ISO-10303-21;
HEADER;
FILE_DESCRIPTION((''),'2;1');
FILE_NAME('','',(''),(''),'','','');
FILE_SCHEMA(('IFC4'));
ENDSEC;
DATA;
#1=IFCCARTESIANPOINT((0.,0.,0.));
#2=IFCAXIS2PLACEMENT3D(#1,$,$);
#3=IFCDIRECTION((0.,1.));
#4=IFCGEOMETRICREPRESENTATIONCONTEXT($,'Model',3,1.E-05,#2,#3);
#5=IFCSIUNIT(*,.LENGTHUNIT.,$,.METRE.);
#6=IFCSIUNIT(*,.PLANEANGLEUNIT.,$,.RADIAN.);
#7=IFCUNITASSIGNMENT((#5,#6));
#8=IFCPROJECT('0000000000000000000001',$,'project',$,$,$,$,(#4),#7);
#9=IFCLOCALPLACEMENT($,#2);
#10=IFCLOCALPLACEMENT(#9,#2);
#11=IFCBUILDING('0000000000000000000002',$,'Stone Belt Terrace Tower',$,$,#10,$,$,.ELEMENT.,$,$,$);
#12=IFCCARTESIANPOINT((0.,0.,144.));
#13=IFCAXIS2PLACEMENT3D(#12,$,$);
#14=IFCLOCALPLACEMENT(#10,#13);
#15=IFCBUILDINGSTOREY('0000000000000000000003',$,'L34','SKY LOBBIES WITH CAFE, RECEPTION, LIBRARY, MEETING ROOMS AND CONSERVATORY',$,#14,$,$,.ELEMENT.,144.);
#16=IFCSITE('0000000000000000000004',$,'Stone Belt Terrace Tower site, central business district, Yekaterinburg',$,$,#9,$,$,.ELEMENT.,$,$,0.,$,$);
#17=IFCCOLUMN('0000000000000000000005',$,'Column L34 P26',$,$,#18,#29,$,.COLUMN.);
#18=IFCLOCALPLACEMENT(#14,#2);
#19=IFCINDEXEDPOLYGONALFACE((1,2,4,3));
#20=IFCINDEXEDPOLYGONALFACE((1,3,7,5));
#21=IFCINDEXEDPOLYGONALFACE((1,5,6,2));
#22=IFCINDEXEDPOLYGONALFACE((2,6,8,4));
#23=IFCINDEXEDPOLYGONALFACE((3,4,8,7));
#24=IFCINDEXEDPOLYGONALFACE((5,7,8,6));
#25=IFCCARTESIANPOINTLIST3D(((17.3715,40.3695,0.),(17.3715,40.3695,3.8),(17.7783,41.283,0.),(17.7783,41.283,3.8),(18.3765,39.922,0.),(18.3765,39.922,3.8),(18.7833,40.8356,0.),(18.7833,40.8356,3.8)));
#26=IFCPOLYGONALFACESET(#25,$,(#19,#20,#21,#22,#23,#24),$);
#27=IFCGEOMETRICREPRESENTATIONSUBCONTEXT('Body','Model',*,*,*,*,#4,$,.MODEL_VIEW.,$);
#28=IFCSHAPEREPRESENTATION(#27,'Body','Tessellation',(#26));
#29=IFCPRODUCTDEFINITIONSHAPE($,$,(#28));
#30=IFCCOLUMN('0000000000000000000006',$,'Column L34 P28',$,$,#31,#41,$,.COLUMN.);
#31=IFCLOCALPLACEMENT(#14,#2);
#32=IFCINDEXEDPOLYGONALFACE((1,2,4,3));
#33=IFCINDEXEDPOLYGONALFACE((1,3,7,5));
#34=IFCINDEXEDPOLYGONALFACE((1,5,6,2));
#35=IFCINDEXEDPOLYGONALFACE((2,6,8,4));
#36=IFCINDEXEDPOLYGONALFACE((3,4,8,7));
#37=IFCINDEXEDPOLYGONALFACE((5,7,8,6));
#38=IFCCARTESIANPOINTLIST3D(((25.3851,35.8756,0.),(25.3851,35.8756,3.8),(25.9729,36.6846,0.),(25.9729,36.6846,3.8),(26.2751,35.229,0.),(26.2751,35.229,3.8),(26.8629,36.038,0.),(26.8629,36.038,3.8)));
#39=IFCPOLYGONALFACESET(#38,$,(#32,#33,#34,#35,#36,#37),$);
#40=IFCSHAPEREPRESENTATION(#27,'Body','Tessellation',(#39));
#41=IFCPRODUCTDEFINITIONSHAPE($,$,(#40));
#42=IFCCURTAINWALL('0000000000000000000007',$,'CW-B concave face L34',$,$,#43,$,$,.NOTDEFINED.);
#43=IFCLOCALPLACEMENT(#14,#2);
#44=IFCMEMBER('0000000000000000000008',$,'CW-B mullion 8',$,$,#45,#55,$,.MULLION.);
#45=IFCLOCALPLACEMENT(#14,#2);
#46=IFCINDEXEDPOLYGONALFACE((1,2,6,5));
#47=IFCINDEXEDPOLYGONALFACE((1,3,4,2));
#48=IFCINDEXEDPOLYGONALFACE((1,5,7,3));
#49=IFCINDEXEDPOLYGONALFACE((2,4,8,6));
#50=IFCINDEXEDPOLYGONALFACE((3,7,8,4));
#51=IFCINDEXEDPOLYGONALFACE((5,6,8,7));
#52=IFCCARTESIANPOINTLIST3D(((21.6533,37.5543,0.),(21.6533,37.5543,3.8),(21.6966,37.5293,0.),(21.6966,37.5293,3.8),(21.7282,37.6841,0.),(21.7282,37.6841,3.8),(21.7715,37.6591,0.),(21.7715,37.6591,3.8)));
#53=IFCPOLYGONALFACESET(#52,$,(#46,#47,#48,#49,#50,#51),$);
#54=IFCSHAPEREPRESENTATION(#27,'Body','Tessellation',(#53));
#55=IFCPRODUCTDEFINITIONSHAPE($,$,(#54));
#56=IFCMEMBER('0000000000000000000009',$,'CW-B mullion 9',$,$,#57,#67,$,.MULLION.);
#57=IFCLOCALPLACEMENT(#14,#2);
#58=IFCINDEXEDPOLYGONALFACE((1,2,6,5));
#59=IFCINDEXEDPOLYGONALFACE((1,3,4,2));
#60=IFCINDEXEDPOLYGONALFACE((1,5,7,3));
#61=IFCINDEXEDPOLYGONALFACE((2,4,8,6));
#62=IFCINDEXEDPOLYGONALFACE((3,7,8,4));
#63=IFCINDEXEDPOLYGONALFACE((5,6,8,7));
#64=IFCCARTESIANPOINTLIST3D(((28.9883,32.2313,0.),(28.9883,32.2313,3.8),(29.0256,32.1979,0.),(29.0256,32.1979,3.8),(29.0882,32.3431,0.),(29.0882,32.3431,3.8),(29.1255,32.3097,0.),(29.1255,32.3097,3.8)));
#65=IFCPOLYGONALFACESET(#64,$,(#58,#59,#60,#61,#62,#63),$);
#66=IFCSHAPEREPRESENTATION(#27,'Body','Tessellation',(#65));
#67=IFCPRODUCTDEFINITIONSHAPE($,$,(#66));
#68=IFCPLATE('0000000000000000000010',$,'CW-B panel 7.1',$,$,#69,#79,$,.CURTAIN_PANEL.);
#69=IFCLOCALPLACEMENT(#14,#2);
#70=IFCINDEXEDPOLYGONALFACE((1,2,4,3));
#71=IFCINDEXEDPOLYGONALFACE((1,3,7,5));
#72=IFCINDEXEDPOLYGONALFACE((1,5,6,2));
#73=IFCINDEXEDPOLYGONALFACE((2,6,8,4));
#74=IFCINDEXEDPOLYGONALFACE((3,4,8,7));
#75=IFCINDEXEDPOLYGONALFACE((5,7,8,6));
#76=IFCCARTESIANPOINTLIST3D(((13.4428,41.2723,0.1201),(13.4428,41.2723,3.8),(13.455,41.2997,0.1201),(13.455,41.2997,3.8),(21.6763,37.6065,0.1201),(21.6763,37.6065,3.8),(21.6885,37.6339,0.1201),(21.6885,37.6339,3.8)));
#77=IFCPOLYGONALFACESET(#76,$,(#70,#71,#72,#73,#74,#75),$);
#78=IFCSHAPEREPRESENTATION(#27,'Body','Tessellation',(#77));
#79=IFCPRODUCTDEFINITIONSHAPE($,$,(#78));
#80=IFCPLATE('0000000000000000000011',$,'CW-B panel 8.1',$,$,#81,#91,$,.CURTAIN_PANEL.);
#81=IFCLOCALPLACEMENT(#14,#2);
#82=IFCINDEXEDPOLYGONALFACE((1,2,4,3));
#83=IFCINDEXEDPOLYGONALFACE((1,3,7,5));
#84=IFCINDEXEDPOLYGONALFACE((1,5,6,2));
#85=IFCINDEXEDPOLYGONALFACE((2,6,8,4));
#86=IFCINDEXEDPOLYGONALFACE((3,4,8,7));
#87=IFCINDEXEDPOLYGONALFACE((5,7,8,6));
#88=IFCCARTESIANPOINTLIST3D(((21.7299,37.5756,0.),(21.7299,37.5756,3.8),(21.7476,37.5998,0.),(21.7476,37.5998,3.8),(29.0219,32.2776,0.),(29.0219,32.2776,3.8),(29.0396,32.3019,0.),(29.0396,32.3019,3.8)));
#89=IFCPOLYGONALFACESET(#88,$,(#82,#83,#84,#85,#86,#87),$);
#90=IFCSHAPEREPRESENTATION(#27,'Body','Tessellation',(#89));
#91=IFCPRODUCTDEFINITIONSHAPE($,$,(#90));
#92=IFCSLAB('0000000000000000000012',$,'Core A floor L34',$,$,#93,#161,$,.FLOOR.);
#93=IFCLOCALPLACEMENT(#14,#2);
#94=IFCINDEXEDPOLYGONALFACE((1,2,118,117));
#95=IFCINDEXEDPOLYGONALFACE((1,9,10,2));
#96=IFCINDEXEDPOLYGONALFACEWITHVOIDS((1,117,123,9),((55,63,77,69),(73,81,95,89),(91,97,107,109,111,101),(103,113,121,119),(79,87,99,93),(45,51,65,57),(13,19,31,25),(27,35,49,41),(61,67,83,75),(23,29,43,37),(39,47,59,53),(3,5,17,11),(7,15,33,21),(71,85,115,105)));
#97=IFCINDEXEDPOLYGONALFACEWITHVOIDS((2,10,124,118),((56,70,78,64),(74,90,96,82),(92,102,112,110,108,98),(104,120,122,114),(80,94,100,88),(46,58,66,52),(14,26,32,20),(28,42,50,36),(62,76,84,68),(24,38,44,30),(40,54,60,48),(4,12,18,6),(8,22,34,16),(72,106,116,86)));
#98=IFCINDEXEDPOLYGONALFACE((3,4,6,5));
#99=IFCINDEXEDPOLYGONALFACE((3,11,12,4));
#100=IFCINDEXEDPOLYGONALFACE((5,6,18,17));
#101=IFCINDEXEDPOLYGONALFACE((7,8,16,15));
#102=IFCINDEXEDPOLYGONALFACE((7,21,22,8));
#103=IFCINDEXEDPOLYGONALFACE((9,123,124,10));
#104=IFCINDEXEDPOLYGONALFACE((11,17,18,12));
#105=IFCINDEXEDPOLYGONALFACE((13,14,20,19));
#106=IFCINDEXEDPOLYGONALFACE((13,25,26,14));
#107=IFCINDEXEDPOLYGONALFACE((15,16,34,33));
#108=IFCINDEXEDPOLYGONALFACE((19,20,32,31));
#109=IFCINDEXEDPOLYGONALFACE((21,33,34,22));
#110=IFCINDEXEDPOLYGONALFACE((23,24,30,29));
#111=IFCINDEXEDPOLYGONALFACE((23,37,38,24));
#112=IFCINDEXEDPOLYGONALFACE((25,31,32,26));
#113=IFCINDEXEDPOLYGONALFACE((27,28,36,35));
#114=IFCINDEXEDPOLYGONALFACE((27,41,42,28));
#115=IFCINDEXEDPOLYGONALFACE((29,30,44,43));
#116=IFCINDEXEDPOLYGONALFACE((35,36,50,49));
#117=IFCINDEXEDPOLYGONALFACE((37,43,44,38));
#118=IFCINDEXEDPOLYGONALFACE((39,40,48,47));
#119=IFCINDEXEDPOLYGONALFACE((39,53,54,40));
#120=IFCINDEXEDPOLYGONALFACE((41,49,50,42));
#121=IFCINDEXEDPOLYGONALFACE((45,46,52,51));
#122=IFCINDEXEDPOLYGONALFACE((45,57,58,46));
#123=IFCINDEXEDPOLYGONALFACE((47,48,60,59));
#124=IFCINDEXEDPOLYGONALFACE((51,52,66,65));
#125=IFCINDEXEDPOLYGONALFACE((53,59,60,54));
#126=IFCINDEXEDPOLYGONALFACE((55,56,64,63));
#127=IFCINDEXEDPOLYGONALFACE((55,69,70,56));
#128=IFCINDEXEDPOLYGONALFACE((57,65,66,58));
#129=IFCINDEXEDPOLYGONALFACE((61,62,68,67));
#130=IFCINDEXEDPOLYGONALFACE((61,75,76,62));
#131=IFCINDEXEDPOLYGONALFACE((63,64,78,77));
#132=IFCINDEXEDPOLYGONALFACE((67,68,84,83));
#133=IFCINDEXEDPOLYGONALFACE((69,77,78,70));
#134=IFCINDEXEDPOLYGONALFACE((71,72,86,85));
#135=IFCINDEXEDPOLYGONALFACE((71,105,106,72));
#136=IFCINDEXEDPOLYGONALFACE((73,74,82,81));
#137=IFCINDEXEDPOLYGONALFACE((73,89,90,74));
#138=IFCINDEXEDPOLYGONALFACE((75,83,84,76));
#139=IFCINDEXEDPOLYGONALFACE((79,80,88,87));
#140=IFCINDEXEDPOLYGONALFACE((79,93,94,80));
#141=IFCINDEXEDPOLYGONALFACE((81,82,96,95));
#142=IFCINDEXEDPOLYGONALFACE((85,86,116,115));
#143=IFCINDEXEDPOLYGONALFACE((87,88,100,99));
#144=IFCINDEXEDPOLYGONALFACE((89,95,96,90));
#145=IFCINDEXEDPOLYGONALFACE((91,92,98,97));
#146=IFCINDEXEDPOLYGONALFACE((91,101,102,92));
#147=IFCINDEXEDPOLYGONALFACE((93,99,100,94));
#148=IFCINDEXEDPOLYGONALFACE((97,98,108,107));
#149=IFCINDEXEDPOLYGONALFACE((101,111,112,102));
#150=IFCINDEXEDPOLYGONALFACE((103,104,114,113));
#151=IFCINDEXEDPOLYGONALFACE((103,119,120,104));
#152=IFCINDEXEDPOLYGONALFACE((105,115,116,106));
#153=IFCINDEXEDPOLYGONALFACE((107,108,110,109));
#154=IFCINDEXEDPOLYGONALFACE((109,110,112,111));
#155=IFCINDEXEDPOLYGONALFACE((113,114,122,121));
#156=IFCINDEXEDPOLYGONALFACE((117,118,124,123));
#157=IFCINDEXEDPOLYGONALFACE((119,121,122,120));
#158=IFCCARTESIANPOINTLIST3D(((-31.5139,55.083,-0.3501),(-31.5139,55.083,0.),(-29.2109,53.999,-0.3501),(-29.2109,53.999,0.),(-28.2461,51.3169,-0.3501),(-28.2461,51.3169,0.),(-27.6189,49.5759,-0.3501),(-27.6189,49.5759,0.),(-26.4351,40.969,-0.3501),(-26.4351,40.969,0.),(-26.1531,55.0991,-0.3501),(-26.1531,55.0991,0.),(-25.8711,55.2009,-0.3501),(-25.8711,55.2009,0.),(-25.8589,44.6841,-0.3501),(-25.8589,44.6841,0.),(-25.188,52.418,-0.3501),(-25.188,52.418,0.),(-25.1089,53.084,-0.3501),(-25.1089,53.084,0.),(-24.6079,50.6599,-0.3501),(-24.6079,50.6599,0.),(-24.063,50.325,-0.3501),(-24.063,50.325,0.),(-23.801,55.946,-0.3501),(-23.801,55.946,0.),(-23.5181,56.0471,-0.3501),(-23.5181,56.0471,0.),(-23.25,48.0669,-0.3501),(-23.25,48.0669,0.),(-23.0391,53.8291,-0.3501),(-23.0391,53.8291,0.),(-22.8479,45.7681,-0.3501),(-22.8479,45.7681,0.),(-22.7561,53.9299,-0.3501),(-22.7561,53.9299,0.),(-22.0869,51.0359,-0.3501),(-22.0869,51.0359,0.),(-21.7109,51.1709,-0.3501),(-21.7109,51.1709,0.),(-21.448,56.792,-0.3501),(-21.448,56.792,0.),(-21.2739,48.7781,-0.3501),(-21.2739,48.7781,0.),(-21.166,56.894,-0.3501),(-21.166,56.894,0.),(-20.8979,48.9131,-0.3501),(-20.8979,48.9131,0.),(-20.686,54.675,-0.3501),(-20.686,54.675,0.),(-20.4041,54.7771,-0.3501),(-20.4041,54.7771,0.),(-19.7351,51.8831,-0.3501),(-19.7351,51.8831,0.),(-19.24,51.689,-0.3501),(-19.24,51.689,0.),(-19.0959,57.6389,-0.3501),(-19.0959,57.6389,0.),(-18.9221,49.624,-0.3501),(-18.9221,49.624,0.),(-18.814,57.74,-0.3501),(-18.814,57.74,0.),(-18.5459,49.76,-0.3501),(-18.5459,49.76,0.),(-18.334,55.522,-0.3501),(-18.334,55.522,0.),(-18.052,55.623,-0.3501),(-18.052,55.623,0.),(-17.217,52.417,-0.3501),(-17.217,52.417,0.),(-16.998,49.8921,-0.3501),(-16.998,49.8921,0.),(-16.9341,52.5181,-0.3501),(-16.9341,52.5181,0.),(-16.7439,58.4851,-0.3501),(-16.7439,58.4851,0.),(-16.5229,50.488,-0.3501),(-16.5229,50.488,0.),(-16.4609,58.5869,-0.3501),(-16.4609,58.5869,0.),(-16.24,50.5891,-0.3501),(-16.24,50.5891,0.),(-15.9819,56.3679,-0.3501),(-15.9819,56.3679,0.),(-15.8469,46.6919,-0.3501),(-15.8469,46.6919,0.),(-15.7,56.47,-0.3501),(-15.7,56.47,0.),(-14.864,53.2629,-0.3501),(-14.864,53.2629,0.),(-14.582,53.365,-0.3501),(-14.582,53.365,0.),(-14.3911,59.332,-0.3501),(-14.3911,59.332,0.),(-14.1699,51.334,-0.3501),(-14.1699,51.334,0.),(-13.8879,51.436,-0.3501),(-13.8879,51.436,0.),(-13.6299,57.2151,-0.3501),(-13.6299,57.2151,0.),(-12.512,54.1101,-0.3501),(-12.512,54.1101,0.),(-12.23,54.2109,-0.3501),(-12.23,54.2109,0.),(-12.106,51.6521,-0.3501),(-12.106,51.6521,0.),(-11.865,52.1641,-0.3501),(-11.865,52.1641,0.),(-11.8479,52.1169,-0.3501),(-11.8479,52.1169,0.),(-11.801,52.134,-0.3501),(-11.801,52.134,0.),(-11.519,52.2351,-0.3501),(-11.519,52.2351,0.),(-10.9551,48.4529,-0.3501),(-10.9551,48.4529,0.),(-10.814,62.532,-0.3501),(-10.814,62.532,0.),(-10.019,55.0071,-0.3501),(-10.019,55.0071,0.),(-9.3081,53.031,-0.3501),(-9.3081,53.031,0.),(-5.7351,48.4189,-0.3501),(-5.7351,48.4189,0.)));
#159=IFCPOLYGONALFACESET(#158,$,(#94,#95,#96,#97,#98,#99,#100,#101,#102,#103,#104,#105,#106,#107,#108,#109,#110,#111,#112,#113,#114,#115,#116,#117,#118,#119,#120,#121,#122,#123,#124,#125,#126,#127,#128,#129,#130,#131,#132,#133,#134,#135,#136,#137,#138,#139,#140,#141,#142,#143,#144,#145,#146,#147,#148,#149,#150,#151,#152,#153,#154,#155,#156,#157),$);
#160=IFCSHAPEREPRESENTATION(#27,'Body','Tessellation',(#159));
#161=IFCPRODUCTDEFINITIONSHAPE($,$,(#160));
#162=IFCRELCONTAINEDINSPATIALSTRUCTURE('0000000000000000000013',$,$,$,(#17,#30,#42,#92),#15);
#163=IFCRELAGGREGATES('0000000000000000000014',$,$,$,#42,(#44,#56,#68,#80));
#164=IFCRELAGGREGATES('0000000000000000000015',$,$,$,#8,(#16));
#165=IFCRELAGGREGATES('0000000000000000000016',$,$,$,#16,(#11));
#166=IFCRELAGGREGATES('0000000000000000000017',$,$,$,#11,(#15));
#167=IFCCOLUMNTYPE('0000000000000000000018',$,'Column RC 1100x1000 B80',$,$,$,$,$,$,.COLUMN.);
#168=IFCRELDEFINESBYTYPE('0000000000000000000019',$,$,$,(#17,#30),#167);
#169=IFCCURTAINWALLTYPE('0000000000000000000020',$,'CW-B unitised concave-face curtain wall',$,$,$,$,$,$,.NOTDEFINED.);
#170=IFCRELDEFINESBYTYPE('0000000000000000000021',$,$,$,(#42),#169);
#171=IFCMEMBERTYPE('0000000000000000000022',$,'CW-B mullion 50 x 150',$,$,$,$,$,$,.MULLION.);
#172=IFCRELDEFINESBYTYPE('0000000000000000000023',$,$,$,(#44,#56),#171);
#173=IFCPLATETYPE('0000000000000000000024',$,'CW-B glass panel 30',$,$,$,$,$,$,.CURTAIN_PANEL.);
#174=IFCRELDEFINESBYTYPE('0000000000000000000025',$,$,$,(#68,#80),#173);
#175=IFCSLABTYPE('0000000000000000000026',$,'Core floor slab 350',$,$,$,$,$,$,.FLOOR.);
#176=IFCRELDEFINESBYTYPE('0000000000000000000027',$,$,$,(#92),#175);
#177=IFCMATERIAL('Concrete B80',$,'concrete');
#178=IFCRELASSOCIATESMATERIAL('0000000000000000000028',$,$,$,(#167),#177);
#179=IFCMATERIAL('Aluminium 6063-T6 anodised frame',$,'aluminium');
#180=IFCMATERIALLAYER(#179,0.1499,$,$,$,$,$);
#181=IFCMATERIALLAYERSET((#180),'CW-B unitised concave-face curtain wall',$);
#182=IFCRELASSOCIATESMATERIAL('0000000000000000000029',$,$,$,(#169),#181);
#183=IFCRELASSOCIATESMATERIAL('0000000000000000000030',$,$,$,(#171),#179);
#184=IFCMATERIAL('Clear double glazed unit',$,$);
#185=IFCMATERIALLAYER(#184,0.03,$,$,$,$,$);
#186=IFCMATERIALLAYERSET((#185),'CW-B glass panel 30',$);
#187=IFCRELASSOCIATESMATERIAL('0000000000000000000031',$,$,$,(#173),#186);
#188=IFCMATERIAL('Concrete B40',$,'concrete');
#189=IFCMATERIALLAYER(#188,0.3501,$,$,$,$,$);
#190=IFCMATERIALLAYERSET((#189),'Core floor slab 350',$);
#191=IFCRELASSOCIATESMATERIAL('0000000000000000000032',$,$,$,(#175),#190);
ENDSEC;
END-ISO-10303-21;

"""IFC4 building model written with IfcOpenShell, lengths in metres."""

from ifc_helpers import new_model, si_unit, direction, frame, origin, origin_2d, place, context, subcontext, project, spatial, polyline, rectangle, outline, extrude, material, layer, layer_set, material_profile, profile_set, type_object, element, aggregate, save


model = new_model("IFC4")

# Units and contexts
model_context = context("Model", 3, precision=1e-05, world=origin(), true_north=direction((0.0, 1.0)))
body_context = subcontext(model_context, "Body", "Model", "MODEL_VIEW")
ifc_project = project(units=[si_unit("LENGTHUNIT", "METRE"), si_unit("PLANEANGLEUNIT", "RADIAN")], contexts=[model_context])

# Site, building, storey
site_placement = place(None, origin())
site = spatial("IfcSite", under=ifc_project, at=site_placement, Name="Stone Belt Terrace Tower site, central business district, Yekaterinburg", CompositionType="ELEMENT", RefElevation=0.0)
building_placement = place(site_placement, origin())
building = spatial("IfcBuilding", under=site, at=building_placement, Name="Stone Belt Terrace Tower", CompositionType="ELEMENT")
storey_placement = place(building_placement, frame((0.0, 0.0, 144.0)))
storey = spatial("IfcBuildingStorey", under=building, at=storey_placement, Name="L34", Description="SKY LOBBIES WITH CAFE, RECEPTION, LIBRARY, MEETING ROOMS AND CONSERVATORY", CompositionType="ELEMENT", Elevation=144.0)

# Columns
ifc_material_1 = material(Name="Concrete B80", Category="concrete")
ifc_material_profile_1 = material_profile(ifc_material_1, rectangle(XDim=1.1001, YDim=1.0, at=origin_2d()), Name="RC 1100x1000")
ifc_profile_set_1 = profile_set([ifc_material_profile_1], Name="Concrete B80")
column_type = type_object("IfcColumnType", Name="Column RC 1100x1000 B80", PredefinedType="COLUMN", material=ifc_profile_set_1)
for number, where, z_axis, x_axis, name in (
    (1, (18.0774, 40.6025, 0.0), (0.0, 0.0, 1.0), (0.913545, -0.406737, 0.0), "Column L34 P26"),
    (2, (26.124, 35.9568, 0.0), (0.0, 0.0, 1.0), (0.809017, -0.587785, 0.0), "Column L34 P28"),
):
    element("IfcColumn", number, at=place(storey_placement, frame(where, z_axis=z_axis, x_axis=x_axis)), inside=storey, type_object=column_type, Name=name, PredefinedType="COLUMN", context=body_context, shape_type="SweptSolid", body=[
        extrude(rectangle(XDim=1.1001, YDim=1.0, at=origin_2d()), origin(), (0.0, 0.0, 1.0), 3.8),
    ])

# Curtain wall, members, plates
ifc_material_2 = material(Name="Aluminium 6063-T6 anodised frame", Category="aluminium")
ifc_layer_1 = layer(ifc_material_2, 0.1499)
ifc_layer_set_1 = layer_set([ifc_layer_1], Name="CW-B unitised concave-face curtain wall")
curtain_wall_type = type_object("IfcCurtainWallType", Name="CW-B unitised concave-face curtain wall", PredefinedType="NOTDEFINED", material=ifc_layer_set_1)
curtain_wall_placement = place(storey_placement, origin())
curtain_wall = element("IfcCurtainWall", 3, at=curtain_wall_placement, inside=storey, type_object=curtain_wall_type, Name="CW-B concave face L34", PredefinedType="NOTDEFINED")
ifc_material_profile_2 = material_profile(ifc_material_2, rectangle(XDim=0.1499, YDim=0.05, at=origin_2d()), Name="Aluminium 6063-T6 50x150")
ifc_profile_set_2 = profile_set([ifc_material_profile_2], Name="Aluminium 6063-T6 anodised frame")
member_type = type_object("IfcMemberType", Name="CW-B mullion 50 x 150", PredefinedType="MULLION", material=ifc_profile_set_2)
member_1_placement = place(storey_placement, frame((21.7124, 37.6067, 0.0), z_axis=(0.0, 0.0, 1.0), x_axis=(0.5, 0.866025, 0.0)))
member_1 = element("IfcMember", 4, at=member_1_placement, type_object=member_type, Name="CW-B mullion 8", PredefinedType="MULLION", context=body_context, shape_type="SweptSolid", body=[
    extrude(rectangle(XDim=0.1499, YDim=0.05, at=origin_2d()), origin(), (0.0, 0.0, 1.0), 3.8),
])
member_2_placement = place(storey_placement, frame((29.0569, 32.2705, 0.0), z_axis=(0.0, 0.0, 1.0), x_axis=(0.666301, 0.745683, 0.0)))
member_2 = element("IfcMember", 5, at=member_2_placement, type_object=member_type, Name="CW-B mullion 9", PredefinedType="MULLION", context=body_context, shape_type="SweptSolid", body=[
    extrude(rectangle(XDim=0.1499, YDim=0.05, at=origin_2d()), origin(), (0.0, 0.0, 1.0), 3.8),
])
ifc_material_3 = material(Name="Clear double glazed unit")
ifc_layer_2 = layer(ifc_material_3, 0.03)
ifc_layer_set_2 = layer_set([ifc_layer_2], Name="CW-B glass panel 30")
plate_type = type_object("IfcPlateType", Name="CW-B glass panel 30", PredefinedType="CURTAIN_PANEL", material=ifc_layer_set_2)
plate_1_placement = place(storey_placement, frame((17.5657, 39.4531, 0.1201), z_axis=(0.0, 0.0, 1.0), x_axis=(0.913545, -0.406737, 0.0)))
plate_1 = element("IfcPlate", 6, at=plate_1_placement, type_object=plate_type, Name="CW-B panel 7.1", PredefinedType="CURTAIN_PANEL", context=body_context, shape_type="SweptSolid", body=[
    extrude(rectangle(XDim=9.0127, YDim=0.03, at=origin_2d()), origin(), (0.0, 0.0, 1.0), 3.6799),
])
plate_2_placement = place(storey_placement, frame((25.3848, 34.9387, 0.0), z_axis=(0.0, 0.0, 1.0), x_axis=(0.809017, -0.587785, 0.0)))
plate_2 = element("IfcPlate", 7, at=plate_2_placement, type_object=plate_type, Name="CW-B panel 8.1", PredefinedType="CURTAIN_PANEL", context=body_context, shape_type="SweptSolid", body=[
    extrude(rectangle(XDim=9.0134, YDim=0.03, at=origin_2d()), origin(), (0.0, 0.0, 1.0), 3.8),
])
aggregate(curtain_wall, [member_1, member_2, plate_1, plate_2])

# Slab
ifc_material_4 = material(Name="Concrete B40", Category="concrete")
ifc_layer_3 = layer(ifc_material_4, 0.3501)
ifc_layer_set_3 = layer_set([ifc_layer_3], Name="Core floor slab 350")
slab_type_1 = type_object("IfcSlabType", Name="Core floor slab 350", PredefinedType="FLOOR", material=ifc_layer_set_3)
slab_1_placement = place(storey_placement, frame((0.0, 0.0, -0.3501)))
element("IfcSlab", 8, at=slab_1_placement, inside=storey, type_object=slab_type_1, Name="Core A floor L34", PredefinedType="FLOOR", context=body_context, shape_type="SweptSolid", body=[
    extrude(outline(polyline([(-26.4351, 40.969), (-5.7351, 48.4189), (-10.814, 62.532), (-31.5139, 55.083), (-26.4351, 40.969)]), holes=[polyline([(-24.6079, 50.6599), (-22.8479, 45.7681), (-25.8589, 44.6841), (-27.6189, 49.5759), (-24.6079, 50.6599)]), polyline([(-23.25, 48.0669), (-24.063, 50.325), (-22.0869, 51.0359), (-21.2739, 48.7781), (-23.25, 48.0669)]), polyline([(-20.8979, 48.9131), (-21.7109, 51.1709), (-19.7351, 51.8831), (-18.9221, 49.624), (-20.8979, 48.9131)]), polyline([(-29.2109, 53.999), (-26.1531, 55.0991), (-25.188, 52.418), (-28.2461, 51.3169), (-29.2109, 53.999)]), polyline([(-23.801, 55.946), (-23.0391, 53.8291), (-25.1089, 53.084), (-25.8711, 55.2009), (-23.801, 55.946)]), polyline([(-21.448, 56.792), (-20.686, 54.675), (-22.7561, 53.9299), (-23.5181, 56.0471), (-21.448, 56.792)]), polyline([(-19.0959, 57.6389), (-18.334, 55.522), (-20.4041, 54.7771), (-21.166, 56.894), (-19.0959, 57.6389)]), polyline([(-10.9551, 48.4529), (-15.8469, 46.6919), (-16.998, 49.8921), (-12.106, 51.6521), (-10.9551, 48.4529)]), polyline([(-19.24, 51.689), (-17.217, 52.417), (-16.5229, 50.488), (-18.5459, 49.76), (-19.24, 51.689)]), polyline([(-16.24, 50.5891), (-16.9341, 52.5181), (-14.864, 53.2629), (-14.1699, 51.334), (-16.24, 50.5891)]), polyline([(-11.8479, 52.1169), (-11.865, 52.1641), (-13.8879, 51.436), (-14.582, 53.365), (-12.512, 54.1101), (-11.801, 52.134), (-11.8479, 52.1169)]), polyline([(-9.3081, 53.031), (-11.519, 52.2351), (-12.23, 54.2109), (-10.019, 55.0071), (-9.3081, 53.031)]), polyline([(-16.7439, 58.4851), (-15.9819, 56.3679), (-18.052, 55.623), (-18.814, 57.74), (-16.7439, 58.4851)]), polyline([(-14.3911, 59.332), (-13.6299, 57.2151), (-15.7, 56.47), (-16.4609, 58.5869), (-14.3911, 59.332)])]), origin(), (0.0, 0.0, 1.0), 0.3501),
])

save(model, "model.ifc")
